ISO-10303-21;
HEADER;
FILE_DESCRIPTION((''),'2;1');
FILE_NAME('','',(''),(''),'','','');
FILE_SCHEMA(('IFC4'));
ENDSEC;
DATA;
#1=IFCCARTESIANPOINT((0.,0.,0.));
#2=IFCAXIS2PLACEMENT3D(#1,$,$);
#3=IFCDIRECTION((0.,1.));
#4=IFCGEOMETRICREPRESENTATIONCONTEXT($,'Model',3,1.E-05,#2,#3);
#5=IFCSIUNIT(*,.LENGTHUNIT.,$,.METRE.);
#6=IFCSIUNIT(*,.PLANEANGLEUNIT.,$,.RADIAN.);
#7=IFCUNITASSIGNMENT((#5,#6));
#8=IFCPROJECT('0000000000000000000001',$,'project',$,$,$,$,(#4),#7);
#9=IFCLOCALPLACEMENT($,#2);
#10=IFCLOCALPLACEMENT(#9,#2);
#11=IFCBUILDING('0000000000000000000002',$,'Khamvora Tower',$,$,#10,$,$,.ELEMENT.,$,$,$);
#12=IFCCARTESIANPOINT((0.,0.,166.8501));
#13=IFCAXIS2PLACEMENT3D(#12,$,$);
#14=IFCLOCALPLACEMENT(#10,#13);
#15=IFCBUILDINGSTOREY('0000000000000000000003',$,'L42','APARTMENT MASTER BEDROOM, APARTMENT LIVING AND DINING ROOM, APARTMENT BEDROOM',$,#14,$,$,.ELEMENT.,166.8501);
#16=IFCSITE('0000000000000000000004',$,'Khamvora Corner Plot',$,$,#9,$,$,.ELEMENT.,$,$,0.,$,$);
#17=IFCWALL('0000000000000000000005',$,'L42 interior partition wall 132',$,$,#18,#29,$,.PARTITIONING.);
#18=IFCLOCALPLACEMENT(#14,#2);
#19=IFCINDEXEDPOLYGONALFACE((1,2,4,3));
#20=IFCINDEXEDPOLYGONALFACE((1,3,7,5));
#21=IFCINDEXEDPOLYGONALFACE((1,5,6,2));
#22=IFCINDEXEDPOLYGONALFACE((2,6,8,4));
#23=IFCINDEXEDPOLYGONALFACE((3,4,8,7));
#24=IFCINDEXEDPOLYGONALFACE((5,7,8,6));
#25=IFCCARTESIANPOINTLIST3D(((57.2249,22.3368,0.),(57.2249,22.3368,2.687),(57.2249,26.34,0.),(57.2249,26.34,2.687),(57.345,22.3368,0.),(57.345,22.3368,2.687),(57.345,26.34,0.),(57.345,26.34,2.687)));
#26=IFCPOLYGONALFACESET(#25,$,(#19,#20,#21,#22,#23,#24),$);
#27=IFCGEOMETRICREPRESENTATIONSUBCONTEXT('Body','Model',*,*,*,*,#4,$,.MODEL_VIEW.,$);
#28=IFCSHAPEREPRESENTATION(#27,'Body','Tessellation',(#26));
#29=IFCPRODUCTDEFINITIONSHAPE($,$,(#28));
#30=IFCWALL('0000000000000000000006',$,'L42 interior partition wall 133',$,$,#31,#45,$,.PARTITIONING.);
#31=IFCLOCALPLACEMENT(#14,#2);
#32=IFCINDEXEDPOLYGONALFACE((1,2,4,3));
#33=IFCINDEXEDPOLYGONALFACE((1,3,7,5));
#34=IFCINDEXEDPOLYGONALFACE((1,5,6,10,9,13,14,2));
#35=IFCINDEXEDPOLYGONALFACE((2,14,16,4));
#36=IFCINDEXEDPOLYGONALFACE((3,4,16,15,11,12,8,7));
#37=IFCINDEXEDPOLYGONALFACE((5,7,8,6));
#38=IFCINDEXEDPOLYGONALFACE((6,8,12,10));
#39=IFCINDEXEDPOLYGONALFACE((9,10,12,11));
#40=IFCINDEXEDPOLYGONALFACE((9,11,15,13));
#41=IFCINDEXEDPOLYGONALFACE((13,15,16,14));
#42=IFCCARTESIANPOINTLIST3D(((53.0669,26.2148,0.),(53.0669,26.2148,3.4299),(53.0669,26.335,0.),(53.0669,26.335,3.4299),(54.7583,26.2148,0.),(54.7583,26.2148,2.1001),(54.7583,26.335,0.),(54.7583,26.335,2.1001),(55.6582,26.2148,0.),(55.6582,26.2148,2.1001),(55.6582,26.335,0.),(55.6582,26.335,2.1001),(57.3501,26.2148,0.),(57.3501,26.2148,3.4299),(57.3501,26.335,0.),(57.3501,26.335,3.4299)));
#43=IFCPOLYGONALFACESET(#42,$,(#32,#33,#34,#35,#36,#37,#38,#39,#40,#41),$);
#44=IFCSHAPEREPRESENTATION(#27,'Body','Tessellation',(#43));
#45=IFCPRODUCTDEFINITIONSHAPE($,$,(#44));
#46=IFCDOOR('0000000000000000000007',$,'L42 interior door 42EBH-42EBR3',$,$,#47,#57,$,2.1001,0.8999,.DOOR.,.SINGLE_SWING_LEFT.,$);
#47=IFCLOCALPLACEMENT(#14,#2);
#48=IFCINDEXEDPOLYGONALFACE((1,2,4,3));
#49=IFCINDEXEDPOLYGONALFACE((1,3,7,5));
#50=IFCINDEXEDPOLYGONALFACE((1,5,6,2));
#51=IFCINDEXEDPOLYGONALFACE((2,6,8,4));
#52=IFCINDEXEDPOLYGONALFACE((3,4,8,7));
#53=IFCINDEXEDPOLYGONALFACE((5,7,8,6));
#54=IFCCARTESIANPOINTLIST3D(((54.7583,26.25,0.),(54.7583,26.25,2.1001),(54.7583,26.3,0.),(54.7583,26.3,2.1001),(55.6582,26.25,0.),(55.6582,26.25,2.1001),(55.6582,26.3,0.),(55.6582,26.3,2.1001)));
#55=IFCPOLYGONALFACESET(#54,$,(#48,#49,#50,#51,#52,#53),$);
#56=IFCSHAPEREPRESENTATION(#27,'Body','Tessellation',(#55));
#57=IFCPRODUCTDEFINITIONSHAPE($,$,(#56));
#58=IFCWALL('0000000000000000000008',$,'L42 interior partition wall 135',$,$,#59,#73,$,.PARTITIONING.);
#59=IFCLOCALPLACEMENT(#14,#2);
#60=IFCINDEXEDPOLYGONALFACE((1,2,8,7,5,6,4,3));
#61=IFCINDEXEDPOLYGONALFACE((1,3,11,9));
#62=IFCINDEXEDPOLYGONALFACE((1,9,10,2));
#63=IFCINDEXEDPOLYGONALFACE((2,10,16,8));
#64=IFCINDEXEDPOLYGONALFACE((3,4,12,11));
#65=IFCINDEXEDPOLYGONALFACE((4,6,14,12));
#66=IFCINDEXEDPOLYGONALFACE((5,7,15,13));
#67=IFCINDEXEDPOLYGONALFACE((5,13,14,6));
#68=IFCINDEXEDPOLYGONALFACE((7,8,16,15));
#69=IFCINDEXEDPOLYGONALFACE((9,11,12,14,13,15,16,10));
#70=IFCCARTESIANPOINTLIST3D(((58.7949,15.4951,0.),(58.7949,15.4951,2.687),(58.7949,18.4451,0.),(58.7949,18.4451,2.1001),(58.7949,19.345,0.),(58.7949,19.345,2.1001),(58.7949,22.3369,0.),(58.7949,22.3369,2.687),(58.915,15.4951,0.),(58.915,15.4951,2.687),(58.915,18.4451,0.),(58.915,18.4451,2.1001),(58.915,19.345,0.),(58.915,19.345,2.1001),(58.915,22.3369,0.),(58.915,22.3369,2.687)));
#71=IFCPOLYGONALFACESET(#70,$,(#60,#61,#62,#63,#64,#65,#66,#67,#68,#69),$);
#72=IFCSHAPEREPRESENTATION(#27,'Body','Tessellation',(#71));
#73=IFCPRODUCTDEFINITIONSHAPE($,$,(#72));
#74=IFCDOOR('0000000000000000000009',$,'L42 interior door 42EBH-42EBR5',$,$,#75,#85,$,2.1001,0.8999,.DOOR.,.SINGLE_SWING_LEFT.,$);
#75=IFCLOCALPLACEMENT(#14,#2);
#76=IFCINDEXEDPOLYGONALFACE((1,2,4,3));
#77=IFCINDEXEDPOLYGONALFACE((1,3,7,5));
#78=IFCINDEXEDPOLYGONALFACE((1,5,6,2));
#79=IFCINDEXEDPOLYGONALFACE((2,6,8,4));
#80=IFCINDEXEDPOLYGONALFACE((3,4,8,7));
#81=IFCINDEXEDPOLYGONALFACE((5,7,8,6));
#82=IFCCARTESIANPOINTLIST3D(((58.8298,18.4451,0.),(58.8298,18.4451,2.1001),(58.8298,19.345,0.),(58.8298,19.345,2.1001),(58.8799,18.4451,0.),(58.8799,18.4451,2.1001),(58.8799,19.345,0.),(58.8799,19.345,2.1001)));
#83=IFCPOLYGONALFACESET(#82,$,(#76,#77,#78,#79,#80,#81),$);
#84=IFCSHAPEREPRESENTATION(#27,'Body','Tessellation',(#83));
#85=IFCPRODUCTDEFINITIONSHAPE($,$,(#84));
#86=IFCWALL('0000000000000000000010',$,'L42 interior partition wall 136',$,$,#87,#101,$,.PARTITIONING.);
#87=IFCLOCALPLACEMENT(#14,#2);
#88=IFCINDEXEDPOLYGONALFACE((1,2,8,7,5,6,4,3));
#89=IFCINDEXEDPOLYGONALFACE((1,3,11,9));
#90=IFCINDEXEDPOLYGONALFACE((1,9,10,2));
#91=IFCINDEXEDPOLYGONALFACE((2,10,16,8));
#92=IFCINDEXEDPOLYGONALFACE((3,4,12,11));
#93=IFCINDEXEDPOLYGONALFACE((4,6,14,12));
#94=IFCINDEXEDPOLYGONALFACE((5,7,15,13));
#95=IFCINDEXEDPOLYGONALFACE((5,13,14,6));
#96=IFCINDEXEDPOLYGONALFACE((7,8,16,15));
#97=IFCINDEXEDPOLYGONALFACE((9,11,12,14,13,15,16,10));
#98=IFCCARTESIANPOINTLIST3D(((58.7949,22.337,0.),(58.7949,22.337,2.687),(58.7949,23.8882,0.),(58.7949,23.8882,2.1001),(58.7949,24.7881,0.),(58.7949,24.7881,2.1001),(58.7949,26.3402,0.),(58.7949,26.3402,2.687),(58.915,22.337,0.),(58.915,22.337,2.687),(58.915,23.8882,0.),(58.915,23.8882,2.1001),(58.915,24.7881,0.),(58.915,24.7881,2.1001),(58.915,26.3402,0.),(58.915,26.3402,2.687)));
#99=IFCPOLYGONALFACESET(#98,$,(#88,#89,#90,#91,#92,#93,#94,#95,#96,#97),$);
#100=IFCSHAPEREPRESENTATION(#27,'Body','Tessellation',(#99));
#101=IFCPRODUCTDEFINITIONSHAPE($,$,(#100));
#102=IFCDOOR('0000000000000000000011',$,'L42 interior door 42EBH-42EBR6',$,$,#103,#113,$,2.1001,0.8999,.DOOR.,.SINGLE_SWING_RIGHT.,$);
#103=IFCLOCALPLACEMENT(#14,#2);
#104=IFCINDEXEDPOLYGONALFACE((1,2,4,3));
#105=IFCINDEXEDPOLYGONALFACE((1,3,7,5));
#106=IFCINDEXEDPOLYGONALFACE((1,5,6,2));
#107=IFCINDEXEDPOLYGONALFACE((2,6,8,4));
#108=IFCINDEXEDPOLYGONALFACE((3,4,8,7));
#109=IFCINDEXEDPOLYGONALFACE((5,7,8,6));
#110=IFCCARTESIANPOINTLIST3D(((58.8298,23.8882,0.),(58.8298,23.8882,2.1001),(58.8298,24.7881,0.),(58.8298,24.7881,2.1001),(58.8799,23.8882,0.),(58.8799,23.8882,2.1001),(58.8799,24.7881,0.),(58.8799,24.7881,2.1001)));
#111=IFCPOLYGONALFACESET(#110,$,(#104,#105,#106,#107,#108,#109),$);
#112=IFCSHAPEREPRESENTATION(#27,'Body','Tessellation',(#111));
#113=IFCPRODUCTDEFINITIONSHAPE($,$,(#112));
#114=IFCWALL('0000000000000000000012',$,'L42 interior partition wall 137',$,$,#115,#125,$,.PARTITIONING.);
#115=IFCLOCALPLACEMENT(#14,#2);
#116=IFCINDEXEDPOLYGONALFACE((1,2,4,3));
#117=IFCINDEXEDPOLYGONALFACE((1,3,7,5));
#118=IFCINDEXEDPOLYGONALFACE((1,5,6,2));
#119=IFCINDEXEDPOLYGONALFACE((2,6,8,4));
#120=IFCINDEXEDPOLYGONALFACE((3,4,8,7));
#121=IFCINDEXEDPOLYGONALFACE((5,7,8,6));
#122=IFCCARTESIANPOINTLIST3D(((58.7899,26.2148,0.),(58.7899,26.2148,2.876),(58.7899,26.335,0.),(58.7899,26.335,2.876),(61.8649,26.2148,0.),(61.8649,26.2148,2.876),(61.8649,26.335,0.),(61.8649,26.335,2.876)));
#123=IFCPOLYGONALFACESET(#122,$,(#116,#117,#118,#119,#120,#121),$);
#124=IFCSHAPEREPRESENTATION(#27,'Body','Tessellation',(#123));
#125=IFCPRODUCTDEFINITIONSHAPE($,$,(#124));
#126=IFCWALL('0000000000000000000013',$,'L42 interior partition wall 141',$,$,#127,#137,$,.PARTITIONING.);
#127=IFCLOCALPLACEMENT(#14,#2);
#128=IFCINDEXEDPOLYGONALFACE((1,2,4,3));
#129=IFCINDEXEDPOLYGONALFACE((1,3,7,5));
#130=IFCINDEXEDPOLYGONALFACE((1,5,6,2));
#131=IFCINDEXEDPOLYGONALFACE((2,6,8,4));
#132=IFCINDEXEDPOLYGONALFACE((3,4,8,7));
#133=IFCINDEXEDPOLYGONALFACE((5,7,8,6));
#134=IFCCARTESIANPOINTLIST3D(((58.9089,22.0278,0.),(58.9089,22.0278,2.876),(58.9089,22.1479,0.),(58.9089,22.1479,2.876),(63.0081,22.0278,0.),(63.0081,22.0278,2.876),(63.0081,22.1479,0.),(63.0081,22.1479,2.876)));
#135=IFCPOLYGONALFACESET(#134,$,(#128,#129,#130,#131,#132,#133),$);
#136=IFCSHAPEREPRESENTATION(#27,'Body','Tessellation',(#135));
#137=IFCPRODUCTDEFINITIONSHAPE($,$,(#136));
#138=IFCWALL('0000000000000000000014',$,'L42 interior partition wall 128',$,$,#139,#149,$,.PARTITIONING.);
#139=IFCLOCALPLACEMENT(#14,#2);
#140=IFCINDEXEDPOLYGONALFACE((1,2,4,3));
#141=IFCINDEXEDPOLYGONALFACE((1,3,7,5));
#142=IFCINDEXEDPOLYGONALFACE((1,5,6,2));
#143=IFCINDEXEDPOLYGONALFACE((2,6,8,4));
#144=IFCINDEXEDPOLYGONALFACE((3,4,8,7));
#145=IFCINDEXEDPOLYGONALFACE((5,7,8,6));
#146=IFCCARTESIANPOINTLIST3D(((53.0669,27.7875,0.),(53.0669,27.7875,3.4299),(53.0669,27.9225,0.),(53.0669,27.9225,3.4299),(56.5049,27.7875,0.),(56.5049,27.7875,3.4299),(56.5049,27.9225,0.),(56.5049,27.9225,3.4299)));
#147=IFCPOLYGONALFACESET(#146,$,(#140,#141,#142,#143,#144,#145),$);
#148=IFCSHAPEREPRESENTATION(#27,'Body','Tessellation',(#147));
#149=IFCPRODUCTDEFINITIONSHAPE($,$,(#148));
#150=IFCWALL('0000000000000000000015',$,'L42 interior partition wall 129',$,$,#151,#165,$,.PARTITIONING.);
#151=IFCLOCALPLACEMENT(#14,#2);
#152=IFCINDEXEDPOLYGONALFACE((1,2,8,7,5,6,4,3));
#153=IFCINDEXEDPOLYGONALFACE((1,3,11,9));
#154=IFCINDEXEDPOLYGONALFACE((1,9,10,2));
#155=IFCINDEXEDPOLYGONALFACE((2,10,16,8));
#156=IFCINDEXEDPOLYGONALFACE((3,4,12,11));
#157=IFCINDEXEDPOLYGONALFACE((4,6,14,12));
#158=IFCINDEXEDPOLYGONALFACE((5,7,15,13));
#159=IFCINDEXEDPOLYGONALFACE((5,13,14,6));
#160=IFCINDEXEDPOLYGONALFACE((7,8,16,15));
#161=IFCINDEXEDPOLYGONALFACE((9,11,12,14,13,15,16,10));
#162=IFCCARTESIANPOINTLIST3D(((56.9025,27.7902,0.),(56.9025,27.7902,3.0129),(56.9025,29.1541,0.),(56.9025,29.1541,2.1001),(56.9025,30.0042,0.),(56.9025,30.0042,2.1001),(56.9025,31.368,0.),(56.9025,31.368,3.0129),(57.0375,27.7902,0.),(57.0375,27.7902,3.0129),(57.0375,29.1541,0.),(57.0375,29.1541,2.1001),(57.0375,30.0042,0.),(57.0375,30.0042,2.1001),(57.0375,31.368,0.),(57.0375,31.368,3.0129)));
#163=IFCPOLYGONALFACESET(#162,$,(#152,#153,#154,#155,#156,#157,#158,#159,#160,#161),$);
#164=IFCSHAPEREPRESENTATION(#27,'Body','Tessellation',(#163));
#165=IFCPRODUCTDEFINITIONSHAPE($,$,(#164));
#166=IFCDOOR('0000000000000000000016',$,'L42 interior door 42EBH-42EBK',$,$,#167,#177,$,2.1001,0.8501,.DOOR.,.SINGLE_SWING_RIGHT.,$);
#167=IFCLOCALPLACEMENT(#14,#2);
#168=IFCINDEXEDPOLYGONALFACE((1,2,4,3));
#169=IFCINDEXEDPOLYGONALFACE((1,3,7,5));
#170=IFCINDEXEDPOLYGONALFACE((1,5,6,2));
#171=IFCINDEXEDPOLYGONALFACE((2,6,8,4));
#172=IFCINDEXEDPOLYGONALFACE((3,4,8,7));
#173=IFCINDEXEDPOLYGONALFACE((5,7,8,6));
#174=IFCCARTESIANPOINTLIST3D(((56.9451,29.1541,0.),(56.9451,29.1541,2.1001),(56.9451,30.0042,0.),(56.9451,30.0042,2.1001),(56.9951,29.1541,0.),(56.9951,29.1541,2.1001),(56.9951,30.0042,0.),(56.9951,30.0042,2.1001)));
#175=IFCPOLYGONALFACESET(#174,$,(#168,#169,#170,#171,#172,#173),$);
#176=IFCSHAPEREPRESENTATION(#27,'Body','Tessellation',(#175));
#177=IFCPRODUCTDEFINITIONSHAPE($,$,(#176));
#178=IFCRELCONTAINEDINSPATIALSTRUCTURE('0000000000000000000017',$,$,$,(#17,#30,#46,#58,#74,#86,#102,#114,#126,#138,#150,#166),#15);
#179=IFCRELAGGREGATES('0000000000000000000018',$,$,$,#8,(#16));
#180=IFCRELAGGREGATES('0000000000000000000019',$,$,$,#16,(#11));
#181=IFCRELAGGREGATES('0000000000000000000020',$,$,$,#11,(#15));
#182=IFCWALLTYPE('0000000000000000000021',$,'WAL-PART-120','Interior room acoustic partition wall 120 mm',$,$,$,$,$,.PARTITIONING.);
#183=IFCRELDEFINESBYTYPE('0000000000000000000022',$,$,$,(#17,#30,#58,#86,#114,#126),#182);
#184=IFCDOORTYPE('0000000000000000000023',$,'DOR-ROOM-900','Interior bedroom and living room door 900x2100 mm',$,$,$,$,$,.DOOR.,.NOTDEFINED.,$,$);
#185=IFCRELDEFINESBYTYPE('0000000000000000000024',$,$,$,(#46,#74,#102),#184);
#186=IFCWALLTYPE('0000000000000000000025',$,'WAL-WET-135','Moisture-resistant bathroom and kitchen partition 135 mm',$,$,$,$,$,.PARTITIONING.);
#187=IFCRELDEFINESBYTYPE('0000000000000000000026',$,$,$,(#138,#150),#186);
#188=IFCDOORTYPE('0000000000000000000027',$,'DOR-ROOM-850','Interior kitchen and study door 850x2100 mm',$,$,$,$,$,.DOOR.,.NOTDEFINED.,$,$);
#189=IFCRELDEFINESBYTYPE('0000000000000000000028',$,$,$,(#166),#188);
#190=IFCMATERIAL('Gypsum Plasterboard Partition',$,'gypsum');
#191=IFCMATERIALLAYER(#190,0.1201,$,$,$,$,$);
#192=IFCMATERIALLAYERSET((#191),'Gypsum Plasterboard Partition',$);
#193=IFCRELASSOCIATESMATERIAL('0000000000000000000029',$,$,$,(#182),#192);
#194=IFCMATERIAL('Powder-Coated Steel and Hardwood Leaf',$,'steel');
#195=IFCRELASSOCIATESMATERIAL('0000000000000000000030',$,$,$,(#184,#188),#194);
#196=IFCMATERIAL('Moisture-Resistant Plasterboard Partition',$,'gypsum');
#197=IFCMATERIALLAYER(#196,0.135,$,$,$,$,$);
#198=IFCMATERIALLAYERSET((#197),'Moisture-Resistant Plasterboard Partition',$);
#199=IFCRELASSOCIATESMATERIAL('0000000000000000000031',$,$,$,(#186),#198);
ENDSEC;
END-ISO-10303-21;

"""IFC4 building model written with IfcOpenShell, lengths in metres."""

from ifc_helpers import new_model, si_unit, direction, frame, frame_2d, origin, place, context, subcontext, project, spatial, rectangle, extrude, material, layer, layer_set, type_object, element, fill, save


model = new_model("IFC4")

# Units and contexts
model_context = context("Model", 3, precision=1e-05, world=origin(), true_north=direction((0.0, 1.0)))
body_context = subcontext(model_context, "Body", "Model", "MODEL_VIEW")
ifc_project = project(units=[si_unit("LENGTHUNIT", "METRE"), si_unit("PLANEANGLEUNIT", "RADIAN")], contexts=[model_context])

# Site, building, storey
site_placement = place(None, origin())
site = spatial("IfcSite", under=ifc_project, at=site_placement, Name="Khamvora Corner Plot", CompositionType="ELEMENT", RefElevation=0.0)
building_placement = place(site_placement, origin())
building = spatial("IfcBuilding", under=site, at=building_placement, Name="Khamvora Tower", CompositionType="ELEMENT")
storey_placement = place(building_placement, frame((0.0, 0.0, 166.8501)))
storey = spatial("IfcBuildingStorey", under=building, at=storey_placement, Name="L42", Description="APARTMENT MASTER BEDROOM, APARTMENT LIVING AND DINING ROOM, APARTMENT BEDROOM", CompositionType="ELEMENT", Elevation=166.8501)

# Wall
ifc_material_1 = material(Name="Gypsum Plasterboard Partition", Category="gypsum")
ifc_layer_1 = layer(ifc_material_1, 0.1201)
ifc_layer_set_1 = layer_set([ifc_layer_1], Name="Gypsum Plasterboard Partition")
wall_type_1 = type_object("IfcWallType", Name="WAL-PART-120", Description="Interior room acoustic partition wall 120 mm", PredefinedType="PARTITIONING", material=ifc_layer_set_1)
wall_1_placement = place(storey_placement, frame((57.2849, 22.3369, 0.0), z_axis=(0.0, 0.0, 1.0), x_axis=(0.0, 1.0, 0.0)))
element("IfcWall", 1, at=wall_1_placement, inside=storey, type_object=wall_type_1, Name="L42 interior partition wall 132", PredefinedType="PARTITIONING", context=body_context, shape_type="SweptSolid", body=[
    extrude(rectangle(XDim=4.0032, YDim=0.1201, at=frame_2d((2.0015, 0.0))), origin(), (0.0, 0.0, 1.0), 2.687),
])

# Walls, openings, doors
wall_2_placement = place(storey_placement, frame((57.3501, 26.2749, 0.0), z_axis=(0.0, 0.0, 1.0), x_axis=(-1.0, 0.0, 0.0)))
wall_2 = element("IfcWall", 2, at=wall_2_placement, inside=storey, type_object=wall_type_1, Name="L42 interior partition wall 133", PredefinedType="PARTITIONING", context=body_context, shape_type="SweptSolid", body=[
    extrude(rectangle(XDim=4.2832, YDim=0.1201, at=frame_2d((2.1416, 0.0))), origin(), (0.0, 0.0, 1.0), 3.4299),
])
opening_1_placement = place(wall_2_placement, frame((1.6919, 0.0, 0.0)))
opening_1 = element("IfcOpeningElement", 3, at=opening_1_placement, cuts=wall_2, PredefinedType="OPENING", context=body_context, shape_type="SweptSolid", body=[
    extrude(rectangle(XDim=0.8999, YDim=2.1001, at=frame_2d((0.45, 1.05))), frame((0.0, 0.0701, 0.0), z_axis=(0.0, -1.0, 0.0), x_axis=(1.0, 0.0, 0.0)), (0.0, 0.0, 1.0), 0.1401),
])
ifc_material_2 = material(Name="Powder-Coated Steel and Hardwood Leaf", Category="steel")
door_type_1 = type_object("IfcDoorType", Name="DOR-ROOM-900", Description="Interior bedroom and living room door 900x2100 mm", OperationType="NOTDEFINED", PredefinedType="DOOR", material=ifc_material_2)
door_1_placement = place(opening_1_placement, origin())
door_1 = element("IfcDoor", 4, at=door_1_placement, inside=storey, type_object=door_type_1, Name="L42 interior door 42EBH-42EBR3", OperationType="SINGLE_SWING_LEFT", OverallHeight=2.1001, OverallWidth=0.8999, PredefinedType="DOOR", context=body_context, shape_type="SweptSolid", body=[
    extrude(rectangle(XDim=0.8999, YDim=2.1001, at=frame_2d((0.45, 1.05))), frame((0.0, 0.0249, 0.0), z_axis=(0.0, -1.0, 0.0), x_axis=(1.0, 0.0, 0.0)), (0.0, 0.0, 1.0), 0.05),
])
fill(opening_1, door_1)
wall_3_placement = place(storey_placement, frame((58.855, 22.3369, 0.0), z_axis=(0.0, 0.0, 1.0), x_axis=(0.0, -1.0, 0.0)))
wall_3 = element("IfcWall", 5, at=wall_3_placement, inside=storey, type_object=wall_type_1, Name="L42 interior partition wall 135", PredefinedType="PARTITIONING", context=body_context, shape_type="SweptSolid", body=[
    extrude(rectangle(XDim=6.8418, YDim=0.1201, at=frame_2d((3.4209, 0.0))), origin(), (0.0, 0.0, 1.0), 2.687),
])
opening_2_placement = place(wall_3_placement, frame((2.9919, 0.0, 0.0)))
opening_2 = element("IfcOpeningElement", 6, at=opening_2_placement, cuts=wall_3, PredefinedType="OPENING", context=body_context, shape_type="SweptSolid", body=[
    extrude(rectangle(XDim=0.8999, YDim=2.1001, at=frame_2d((0.45, 1.05))), frame((0.0, 0.0701, 0.0), z_axis=(0.0, -1.0, 0.0), x_axis=(1.0, 0.0, 0.0)), (0.0, 0.0, 1.0), 0.1401),
])
door_2_placement = place(opening_2_placement, origin())
door_2 = element("IfcDoor", 7, at=door_2_placement, inside=storey, type_object=door_type_1, Name="L42 interior door 42EBH-42EBR5", OperationType="SINGLE_SWING_LEFT", OverallHeight=2.1001, OverallWidth=0.8999, PredefinedType="DOOR", context=body_context, shape_type="SweptSolid", body=[
    extrude(rectangle(XDim=0.8999, YDim=2.1001, at=frame_2d((0.45, 1.05))), frame((0.0, 0.0249, 0.0), z_axis=(0.0, -1.0, 0.0), x_axis=(1.0, 0.0, 0.0)), (0.0, 0.0, 1.0), 0.05),
])
fill(opening_2, door_2)
wall_4_placement = place(storey_placement, frame((58.855, 26.3401, 0.0), z_axis=(0.0, 0.0, 1.0), x_axis=(0.0, -1.0, 0.0)))
wall_4 = element("IfcWall", 8, at=wall_4_placement, inside=storey, type_object=wall_type_1, Name="L42 interior partition wall 136", PredefinedType="PARTITIONING", context=body_context, shape_type="SweptSolid", body=[
    extrude(rectangle(XDim=4.0032, YDim=0.1201, at=frame_2d((2.0015, 0.0))), origin(), (0.0, 0.0, 1.0), 2.687),
])
opening_3_placement = place(wall_4_placement, frame((1.552, 0.0, 0.0)))
opening_3 = element("IfcOpeningElement", 9, at=opening_3_placement, cuts=wall_4, PredefinedType="OPENING", context=body_context, shape_type="SweptSolid", body=[
    extrude(rectangle(XDim=0.8999, YDim=2.1001, at=frame_2d((0.45, 1.05))), frame((0.0, 0.0701, 0.0), z_axis=(0.0, -1.0, 0.0), x_axis=(1.0, 0.0, 0.0)), (0.0, 0.0, 1.0), 0.1401),
])
door_3_placement = place(opening_3_placement, origin())
door_3 = element("IfcDoor", 10, at=door_3_placement, inside=storey, type_object=door_type_1, Name="L42 interior door 42EBH-42EBR6", OperationType="SINGLE_SWING_RIGHT", OverallHeight=2.1001, OverallWidth=0.8999, PredefinedType="DOOR", context=body_context, shape_type="SweptSolid", body=[
    extrude(rectangle(XDim=0.8999, YDim=2.1001, at=frame_2d((0.45, 1.05))), frame((0.0, 0.0249, 0.0), z_axis=(0.0, -1.0, 0.0), x_axis=(1.0, 0.0, 0.0)), (0.0, 0.0, 1.0), 0.05),
])
fill(opening_3, door_3)

# Walls
wall_5_placement = place(storey_placement, frame((61.865, 26.2749, 0.0), z_axis=(0.0, 0.0, 1.0), x_axis=(-1.0, 0.0, 0.0)))
element("IfcWall", 11, at=wall_5_placement, inside=storey, type_object=wall_type_1, Name="L42 interior partition wall 137", PredefinedType="PARTITIONING", context=body_context, shape_type="SweptSolid", body=[
    extrude(rectangle(XDim=3.075, YDim=0.1201, at=frame_2d((1.5376, 0.0))), origin(), (0.0, 0.0, 1.0), 2.876),
])
wall_6_placement = place(storey_placement, frame((58.9089, 22.0879, 0.0), z_axis=(0.0, 0.0, 1.0), x_axis=(1.0, 0.0, 0.0)))
element("IfcWall", 12, at=wall_6_placement, inside=storey, type_object=wall_type_1, Name="L42 interior partition wall 141", PredefinedType="PARTITIONING", context=body_context, shape_type="SweptSolid", body=[
    extrude(rectangle(XDim=4.0991, YDim=0.1201, at=frame_2d((2.0496, 0.0))), origin(), (0.0, 0.0, 1.0), 2.876),
])
ifc_material_3 = material(Name="Moisture-Resistant Plasterboard Partition", Category="gypsum")
ifc_layer_2 = layer(ifc_material_3, 0.135)
ifc_layer_set_2 = layer_set([ifc_layer_2], Name="Moisture-Resistant Plasterboard Partition")
wall_type_2 = type_object("IfcWallType", Name="WAL-WET-135", Description="Moisture-resistant bathroom and kitchen partition 135 mm", PredefinedType="PARTITIONING", material=ifc_layer_set_2)
wall_7_placement = place(storey_placement, frame((53.0669, 27.855, 0.0), z_axis=(0.0, 0.0, 1.0), x_axis=(1.0, 0.0, 0.0)))
element("IfcWall", 13, at=wall_7_placement, inside=storey, type_object=wall_type_2, Name="L42 interior partition wall 128", PredefinedType="PARTITIONING", context=body_context, shape_type="SweptSolid", body=[
    extrude(rectangle(XDim=3.438, YDim=0.135, at=frame_2d((1.719, 0.0))), origin(), (0.0, 0.0, 1.0), 3.4299),
])

# Wall, opening, door
wall_8_placement = place(storey_placement, frame((56.97, 27.79, 0.0), z_axis=(0.0, 0.0, 1.0), x_axis=(0.0, 1.0, 0.0)))
wall_8 = element("IfcWall", 14, at=wall_8_placement, inside=storey, type_object=wall_type_2, Name="L42 interior partition wall 129", PredefinedType="PARTITIONING", context=body_context, shape_type="SweptSolid", body=[
    extrude(rectangle(XDim=3.5779, YDim=0.135, at=frame_2d((1.7891, 0.0))), origin(), (0.0, 0.0, 1.0), 3.0129),
])
opening_4_placement = place(wall_8_placement, frame((1.364, 0.0, 0.0)))
opening_4 = element("IfcOpeningElement", 15, at=opening_4_placement, cuts=wall_8, PredefinedType="OPENING", context=body_context, shape_type="SweptSolid", body=[
    extrude(rectangle(XDim=0.8501, YDim=2.1001, at=frame_2d((0.425, 1.05))), frame((0.0, 0.0774, 0.0), z_axis=(0.0, -1.0, 0.0), x_axis=(1.0, 0.0, 0.0)), (0.0, 0.0, 1.0), 0.155),
])
door_type_2 = type_object("IfcDoorType", Name="DOR-ROOM-850", Description="Interior kitchen and study door 850x2100 mm", OperationType="NOTDEFINED", PredefinedType="DOOR", material=ifc_material_2)
door_4_placement = place(opening_4_placement, origin())
door_4 = element("IfcDoor", 16, at=door_4_placement, inside=storey, type_object=door_type_2, Name="L42 interior door 42EBH-42EBK", OperationType="SINGLE_SWING_RIGHT", OverallHeight=2.1001, OverallWidth=0.8501, PredefinedType="DOOR", context=body_context, shape_type="SweptSolid", body=[
    extrude(rectangle(XDim=0.8501, YDim=2.1001, at=frame_2d((0.425, 1.05))), frame((0.0, 0.0249, 0.0), z_axis=(0.0, -1.0, 0.0), x_axis=(1.0, 0.0, 0.0)), (0.0, 0.0, 1.0), 0.05),
])
fill(opening_4, door_4)

save(model, "model.ifc")
